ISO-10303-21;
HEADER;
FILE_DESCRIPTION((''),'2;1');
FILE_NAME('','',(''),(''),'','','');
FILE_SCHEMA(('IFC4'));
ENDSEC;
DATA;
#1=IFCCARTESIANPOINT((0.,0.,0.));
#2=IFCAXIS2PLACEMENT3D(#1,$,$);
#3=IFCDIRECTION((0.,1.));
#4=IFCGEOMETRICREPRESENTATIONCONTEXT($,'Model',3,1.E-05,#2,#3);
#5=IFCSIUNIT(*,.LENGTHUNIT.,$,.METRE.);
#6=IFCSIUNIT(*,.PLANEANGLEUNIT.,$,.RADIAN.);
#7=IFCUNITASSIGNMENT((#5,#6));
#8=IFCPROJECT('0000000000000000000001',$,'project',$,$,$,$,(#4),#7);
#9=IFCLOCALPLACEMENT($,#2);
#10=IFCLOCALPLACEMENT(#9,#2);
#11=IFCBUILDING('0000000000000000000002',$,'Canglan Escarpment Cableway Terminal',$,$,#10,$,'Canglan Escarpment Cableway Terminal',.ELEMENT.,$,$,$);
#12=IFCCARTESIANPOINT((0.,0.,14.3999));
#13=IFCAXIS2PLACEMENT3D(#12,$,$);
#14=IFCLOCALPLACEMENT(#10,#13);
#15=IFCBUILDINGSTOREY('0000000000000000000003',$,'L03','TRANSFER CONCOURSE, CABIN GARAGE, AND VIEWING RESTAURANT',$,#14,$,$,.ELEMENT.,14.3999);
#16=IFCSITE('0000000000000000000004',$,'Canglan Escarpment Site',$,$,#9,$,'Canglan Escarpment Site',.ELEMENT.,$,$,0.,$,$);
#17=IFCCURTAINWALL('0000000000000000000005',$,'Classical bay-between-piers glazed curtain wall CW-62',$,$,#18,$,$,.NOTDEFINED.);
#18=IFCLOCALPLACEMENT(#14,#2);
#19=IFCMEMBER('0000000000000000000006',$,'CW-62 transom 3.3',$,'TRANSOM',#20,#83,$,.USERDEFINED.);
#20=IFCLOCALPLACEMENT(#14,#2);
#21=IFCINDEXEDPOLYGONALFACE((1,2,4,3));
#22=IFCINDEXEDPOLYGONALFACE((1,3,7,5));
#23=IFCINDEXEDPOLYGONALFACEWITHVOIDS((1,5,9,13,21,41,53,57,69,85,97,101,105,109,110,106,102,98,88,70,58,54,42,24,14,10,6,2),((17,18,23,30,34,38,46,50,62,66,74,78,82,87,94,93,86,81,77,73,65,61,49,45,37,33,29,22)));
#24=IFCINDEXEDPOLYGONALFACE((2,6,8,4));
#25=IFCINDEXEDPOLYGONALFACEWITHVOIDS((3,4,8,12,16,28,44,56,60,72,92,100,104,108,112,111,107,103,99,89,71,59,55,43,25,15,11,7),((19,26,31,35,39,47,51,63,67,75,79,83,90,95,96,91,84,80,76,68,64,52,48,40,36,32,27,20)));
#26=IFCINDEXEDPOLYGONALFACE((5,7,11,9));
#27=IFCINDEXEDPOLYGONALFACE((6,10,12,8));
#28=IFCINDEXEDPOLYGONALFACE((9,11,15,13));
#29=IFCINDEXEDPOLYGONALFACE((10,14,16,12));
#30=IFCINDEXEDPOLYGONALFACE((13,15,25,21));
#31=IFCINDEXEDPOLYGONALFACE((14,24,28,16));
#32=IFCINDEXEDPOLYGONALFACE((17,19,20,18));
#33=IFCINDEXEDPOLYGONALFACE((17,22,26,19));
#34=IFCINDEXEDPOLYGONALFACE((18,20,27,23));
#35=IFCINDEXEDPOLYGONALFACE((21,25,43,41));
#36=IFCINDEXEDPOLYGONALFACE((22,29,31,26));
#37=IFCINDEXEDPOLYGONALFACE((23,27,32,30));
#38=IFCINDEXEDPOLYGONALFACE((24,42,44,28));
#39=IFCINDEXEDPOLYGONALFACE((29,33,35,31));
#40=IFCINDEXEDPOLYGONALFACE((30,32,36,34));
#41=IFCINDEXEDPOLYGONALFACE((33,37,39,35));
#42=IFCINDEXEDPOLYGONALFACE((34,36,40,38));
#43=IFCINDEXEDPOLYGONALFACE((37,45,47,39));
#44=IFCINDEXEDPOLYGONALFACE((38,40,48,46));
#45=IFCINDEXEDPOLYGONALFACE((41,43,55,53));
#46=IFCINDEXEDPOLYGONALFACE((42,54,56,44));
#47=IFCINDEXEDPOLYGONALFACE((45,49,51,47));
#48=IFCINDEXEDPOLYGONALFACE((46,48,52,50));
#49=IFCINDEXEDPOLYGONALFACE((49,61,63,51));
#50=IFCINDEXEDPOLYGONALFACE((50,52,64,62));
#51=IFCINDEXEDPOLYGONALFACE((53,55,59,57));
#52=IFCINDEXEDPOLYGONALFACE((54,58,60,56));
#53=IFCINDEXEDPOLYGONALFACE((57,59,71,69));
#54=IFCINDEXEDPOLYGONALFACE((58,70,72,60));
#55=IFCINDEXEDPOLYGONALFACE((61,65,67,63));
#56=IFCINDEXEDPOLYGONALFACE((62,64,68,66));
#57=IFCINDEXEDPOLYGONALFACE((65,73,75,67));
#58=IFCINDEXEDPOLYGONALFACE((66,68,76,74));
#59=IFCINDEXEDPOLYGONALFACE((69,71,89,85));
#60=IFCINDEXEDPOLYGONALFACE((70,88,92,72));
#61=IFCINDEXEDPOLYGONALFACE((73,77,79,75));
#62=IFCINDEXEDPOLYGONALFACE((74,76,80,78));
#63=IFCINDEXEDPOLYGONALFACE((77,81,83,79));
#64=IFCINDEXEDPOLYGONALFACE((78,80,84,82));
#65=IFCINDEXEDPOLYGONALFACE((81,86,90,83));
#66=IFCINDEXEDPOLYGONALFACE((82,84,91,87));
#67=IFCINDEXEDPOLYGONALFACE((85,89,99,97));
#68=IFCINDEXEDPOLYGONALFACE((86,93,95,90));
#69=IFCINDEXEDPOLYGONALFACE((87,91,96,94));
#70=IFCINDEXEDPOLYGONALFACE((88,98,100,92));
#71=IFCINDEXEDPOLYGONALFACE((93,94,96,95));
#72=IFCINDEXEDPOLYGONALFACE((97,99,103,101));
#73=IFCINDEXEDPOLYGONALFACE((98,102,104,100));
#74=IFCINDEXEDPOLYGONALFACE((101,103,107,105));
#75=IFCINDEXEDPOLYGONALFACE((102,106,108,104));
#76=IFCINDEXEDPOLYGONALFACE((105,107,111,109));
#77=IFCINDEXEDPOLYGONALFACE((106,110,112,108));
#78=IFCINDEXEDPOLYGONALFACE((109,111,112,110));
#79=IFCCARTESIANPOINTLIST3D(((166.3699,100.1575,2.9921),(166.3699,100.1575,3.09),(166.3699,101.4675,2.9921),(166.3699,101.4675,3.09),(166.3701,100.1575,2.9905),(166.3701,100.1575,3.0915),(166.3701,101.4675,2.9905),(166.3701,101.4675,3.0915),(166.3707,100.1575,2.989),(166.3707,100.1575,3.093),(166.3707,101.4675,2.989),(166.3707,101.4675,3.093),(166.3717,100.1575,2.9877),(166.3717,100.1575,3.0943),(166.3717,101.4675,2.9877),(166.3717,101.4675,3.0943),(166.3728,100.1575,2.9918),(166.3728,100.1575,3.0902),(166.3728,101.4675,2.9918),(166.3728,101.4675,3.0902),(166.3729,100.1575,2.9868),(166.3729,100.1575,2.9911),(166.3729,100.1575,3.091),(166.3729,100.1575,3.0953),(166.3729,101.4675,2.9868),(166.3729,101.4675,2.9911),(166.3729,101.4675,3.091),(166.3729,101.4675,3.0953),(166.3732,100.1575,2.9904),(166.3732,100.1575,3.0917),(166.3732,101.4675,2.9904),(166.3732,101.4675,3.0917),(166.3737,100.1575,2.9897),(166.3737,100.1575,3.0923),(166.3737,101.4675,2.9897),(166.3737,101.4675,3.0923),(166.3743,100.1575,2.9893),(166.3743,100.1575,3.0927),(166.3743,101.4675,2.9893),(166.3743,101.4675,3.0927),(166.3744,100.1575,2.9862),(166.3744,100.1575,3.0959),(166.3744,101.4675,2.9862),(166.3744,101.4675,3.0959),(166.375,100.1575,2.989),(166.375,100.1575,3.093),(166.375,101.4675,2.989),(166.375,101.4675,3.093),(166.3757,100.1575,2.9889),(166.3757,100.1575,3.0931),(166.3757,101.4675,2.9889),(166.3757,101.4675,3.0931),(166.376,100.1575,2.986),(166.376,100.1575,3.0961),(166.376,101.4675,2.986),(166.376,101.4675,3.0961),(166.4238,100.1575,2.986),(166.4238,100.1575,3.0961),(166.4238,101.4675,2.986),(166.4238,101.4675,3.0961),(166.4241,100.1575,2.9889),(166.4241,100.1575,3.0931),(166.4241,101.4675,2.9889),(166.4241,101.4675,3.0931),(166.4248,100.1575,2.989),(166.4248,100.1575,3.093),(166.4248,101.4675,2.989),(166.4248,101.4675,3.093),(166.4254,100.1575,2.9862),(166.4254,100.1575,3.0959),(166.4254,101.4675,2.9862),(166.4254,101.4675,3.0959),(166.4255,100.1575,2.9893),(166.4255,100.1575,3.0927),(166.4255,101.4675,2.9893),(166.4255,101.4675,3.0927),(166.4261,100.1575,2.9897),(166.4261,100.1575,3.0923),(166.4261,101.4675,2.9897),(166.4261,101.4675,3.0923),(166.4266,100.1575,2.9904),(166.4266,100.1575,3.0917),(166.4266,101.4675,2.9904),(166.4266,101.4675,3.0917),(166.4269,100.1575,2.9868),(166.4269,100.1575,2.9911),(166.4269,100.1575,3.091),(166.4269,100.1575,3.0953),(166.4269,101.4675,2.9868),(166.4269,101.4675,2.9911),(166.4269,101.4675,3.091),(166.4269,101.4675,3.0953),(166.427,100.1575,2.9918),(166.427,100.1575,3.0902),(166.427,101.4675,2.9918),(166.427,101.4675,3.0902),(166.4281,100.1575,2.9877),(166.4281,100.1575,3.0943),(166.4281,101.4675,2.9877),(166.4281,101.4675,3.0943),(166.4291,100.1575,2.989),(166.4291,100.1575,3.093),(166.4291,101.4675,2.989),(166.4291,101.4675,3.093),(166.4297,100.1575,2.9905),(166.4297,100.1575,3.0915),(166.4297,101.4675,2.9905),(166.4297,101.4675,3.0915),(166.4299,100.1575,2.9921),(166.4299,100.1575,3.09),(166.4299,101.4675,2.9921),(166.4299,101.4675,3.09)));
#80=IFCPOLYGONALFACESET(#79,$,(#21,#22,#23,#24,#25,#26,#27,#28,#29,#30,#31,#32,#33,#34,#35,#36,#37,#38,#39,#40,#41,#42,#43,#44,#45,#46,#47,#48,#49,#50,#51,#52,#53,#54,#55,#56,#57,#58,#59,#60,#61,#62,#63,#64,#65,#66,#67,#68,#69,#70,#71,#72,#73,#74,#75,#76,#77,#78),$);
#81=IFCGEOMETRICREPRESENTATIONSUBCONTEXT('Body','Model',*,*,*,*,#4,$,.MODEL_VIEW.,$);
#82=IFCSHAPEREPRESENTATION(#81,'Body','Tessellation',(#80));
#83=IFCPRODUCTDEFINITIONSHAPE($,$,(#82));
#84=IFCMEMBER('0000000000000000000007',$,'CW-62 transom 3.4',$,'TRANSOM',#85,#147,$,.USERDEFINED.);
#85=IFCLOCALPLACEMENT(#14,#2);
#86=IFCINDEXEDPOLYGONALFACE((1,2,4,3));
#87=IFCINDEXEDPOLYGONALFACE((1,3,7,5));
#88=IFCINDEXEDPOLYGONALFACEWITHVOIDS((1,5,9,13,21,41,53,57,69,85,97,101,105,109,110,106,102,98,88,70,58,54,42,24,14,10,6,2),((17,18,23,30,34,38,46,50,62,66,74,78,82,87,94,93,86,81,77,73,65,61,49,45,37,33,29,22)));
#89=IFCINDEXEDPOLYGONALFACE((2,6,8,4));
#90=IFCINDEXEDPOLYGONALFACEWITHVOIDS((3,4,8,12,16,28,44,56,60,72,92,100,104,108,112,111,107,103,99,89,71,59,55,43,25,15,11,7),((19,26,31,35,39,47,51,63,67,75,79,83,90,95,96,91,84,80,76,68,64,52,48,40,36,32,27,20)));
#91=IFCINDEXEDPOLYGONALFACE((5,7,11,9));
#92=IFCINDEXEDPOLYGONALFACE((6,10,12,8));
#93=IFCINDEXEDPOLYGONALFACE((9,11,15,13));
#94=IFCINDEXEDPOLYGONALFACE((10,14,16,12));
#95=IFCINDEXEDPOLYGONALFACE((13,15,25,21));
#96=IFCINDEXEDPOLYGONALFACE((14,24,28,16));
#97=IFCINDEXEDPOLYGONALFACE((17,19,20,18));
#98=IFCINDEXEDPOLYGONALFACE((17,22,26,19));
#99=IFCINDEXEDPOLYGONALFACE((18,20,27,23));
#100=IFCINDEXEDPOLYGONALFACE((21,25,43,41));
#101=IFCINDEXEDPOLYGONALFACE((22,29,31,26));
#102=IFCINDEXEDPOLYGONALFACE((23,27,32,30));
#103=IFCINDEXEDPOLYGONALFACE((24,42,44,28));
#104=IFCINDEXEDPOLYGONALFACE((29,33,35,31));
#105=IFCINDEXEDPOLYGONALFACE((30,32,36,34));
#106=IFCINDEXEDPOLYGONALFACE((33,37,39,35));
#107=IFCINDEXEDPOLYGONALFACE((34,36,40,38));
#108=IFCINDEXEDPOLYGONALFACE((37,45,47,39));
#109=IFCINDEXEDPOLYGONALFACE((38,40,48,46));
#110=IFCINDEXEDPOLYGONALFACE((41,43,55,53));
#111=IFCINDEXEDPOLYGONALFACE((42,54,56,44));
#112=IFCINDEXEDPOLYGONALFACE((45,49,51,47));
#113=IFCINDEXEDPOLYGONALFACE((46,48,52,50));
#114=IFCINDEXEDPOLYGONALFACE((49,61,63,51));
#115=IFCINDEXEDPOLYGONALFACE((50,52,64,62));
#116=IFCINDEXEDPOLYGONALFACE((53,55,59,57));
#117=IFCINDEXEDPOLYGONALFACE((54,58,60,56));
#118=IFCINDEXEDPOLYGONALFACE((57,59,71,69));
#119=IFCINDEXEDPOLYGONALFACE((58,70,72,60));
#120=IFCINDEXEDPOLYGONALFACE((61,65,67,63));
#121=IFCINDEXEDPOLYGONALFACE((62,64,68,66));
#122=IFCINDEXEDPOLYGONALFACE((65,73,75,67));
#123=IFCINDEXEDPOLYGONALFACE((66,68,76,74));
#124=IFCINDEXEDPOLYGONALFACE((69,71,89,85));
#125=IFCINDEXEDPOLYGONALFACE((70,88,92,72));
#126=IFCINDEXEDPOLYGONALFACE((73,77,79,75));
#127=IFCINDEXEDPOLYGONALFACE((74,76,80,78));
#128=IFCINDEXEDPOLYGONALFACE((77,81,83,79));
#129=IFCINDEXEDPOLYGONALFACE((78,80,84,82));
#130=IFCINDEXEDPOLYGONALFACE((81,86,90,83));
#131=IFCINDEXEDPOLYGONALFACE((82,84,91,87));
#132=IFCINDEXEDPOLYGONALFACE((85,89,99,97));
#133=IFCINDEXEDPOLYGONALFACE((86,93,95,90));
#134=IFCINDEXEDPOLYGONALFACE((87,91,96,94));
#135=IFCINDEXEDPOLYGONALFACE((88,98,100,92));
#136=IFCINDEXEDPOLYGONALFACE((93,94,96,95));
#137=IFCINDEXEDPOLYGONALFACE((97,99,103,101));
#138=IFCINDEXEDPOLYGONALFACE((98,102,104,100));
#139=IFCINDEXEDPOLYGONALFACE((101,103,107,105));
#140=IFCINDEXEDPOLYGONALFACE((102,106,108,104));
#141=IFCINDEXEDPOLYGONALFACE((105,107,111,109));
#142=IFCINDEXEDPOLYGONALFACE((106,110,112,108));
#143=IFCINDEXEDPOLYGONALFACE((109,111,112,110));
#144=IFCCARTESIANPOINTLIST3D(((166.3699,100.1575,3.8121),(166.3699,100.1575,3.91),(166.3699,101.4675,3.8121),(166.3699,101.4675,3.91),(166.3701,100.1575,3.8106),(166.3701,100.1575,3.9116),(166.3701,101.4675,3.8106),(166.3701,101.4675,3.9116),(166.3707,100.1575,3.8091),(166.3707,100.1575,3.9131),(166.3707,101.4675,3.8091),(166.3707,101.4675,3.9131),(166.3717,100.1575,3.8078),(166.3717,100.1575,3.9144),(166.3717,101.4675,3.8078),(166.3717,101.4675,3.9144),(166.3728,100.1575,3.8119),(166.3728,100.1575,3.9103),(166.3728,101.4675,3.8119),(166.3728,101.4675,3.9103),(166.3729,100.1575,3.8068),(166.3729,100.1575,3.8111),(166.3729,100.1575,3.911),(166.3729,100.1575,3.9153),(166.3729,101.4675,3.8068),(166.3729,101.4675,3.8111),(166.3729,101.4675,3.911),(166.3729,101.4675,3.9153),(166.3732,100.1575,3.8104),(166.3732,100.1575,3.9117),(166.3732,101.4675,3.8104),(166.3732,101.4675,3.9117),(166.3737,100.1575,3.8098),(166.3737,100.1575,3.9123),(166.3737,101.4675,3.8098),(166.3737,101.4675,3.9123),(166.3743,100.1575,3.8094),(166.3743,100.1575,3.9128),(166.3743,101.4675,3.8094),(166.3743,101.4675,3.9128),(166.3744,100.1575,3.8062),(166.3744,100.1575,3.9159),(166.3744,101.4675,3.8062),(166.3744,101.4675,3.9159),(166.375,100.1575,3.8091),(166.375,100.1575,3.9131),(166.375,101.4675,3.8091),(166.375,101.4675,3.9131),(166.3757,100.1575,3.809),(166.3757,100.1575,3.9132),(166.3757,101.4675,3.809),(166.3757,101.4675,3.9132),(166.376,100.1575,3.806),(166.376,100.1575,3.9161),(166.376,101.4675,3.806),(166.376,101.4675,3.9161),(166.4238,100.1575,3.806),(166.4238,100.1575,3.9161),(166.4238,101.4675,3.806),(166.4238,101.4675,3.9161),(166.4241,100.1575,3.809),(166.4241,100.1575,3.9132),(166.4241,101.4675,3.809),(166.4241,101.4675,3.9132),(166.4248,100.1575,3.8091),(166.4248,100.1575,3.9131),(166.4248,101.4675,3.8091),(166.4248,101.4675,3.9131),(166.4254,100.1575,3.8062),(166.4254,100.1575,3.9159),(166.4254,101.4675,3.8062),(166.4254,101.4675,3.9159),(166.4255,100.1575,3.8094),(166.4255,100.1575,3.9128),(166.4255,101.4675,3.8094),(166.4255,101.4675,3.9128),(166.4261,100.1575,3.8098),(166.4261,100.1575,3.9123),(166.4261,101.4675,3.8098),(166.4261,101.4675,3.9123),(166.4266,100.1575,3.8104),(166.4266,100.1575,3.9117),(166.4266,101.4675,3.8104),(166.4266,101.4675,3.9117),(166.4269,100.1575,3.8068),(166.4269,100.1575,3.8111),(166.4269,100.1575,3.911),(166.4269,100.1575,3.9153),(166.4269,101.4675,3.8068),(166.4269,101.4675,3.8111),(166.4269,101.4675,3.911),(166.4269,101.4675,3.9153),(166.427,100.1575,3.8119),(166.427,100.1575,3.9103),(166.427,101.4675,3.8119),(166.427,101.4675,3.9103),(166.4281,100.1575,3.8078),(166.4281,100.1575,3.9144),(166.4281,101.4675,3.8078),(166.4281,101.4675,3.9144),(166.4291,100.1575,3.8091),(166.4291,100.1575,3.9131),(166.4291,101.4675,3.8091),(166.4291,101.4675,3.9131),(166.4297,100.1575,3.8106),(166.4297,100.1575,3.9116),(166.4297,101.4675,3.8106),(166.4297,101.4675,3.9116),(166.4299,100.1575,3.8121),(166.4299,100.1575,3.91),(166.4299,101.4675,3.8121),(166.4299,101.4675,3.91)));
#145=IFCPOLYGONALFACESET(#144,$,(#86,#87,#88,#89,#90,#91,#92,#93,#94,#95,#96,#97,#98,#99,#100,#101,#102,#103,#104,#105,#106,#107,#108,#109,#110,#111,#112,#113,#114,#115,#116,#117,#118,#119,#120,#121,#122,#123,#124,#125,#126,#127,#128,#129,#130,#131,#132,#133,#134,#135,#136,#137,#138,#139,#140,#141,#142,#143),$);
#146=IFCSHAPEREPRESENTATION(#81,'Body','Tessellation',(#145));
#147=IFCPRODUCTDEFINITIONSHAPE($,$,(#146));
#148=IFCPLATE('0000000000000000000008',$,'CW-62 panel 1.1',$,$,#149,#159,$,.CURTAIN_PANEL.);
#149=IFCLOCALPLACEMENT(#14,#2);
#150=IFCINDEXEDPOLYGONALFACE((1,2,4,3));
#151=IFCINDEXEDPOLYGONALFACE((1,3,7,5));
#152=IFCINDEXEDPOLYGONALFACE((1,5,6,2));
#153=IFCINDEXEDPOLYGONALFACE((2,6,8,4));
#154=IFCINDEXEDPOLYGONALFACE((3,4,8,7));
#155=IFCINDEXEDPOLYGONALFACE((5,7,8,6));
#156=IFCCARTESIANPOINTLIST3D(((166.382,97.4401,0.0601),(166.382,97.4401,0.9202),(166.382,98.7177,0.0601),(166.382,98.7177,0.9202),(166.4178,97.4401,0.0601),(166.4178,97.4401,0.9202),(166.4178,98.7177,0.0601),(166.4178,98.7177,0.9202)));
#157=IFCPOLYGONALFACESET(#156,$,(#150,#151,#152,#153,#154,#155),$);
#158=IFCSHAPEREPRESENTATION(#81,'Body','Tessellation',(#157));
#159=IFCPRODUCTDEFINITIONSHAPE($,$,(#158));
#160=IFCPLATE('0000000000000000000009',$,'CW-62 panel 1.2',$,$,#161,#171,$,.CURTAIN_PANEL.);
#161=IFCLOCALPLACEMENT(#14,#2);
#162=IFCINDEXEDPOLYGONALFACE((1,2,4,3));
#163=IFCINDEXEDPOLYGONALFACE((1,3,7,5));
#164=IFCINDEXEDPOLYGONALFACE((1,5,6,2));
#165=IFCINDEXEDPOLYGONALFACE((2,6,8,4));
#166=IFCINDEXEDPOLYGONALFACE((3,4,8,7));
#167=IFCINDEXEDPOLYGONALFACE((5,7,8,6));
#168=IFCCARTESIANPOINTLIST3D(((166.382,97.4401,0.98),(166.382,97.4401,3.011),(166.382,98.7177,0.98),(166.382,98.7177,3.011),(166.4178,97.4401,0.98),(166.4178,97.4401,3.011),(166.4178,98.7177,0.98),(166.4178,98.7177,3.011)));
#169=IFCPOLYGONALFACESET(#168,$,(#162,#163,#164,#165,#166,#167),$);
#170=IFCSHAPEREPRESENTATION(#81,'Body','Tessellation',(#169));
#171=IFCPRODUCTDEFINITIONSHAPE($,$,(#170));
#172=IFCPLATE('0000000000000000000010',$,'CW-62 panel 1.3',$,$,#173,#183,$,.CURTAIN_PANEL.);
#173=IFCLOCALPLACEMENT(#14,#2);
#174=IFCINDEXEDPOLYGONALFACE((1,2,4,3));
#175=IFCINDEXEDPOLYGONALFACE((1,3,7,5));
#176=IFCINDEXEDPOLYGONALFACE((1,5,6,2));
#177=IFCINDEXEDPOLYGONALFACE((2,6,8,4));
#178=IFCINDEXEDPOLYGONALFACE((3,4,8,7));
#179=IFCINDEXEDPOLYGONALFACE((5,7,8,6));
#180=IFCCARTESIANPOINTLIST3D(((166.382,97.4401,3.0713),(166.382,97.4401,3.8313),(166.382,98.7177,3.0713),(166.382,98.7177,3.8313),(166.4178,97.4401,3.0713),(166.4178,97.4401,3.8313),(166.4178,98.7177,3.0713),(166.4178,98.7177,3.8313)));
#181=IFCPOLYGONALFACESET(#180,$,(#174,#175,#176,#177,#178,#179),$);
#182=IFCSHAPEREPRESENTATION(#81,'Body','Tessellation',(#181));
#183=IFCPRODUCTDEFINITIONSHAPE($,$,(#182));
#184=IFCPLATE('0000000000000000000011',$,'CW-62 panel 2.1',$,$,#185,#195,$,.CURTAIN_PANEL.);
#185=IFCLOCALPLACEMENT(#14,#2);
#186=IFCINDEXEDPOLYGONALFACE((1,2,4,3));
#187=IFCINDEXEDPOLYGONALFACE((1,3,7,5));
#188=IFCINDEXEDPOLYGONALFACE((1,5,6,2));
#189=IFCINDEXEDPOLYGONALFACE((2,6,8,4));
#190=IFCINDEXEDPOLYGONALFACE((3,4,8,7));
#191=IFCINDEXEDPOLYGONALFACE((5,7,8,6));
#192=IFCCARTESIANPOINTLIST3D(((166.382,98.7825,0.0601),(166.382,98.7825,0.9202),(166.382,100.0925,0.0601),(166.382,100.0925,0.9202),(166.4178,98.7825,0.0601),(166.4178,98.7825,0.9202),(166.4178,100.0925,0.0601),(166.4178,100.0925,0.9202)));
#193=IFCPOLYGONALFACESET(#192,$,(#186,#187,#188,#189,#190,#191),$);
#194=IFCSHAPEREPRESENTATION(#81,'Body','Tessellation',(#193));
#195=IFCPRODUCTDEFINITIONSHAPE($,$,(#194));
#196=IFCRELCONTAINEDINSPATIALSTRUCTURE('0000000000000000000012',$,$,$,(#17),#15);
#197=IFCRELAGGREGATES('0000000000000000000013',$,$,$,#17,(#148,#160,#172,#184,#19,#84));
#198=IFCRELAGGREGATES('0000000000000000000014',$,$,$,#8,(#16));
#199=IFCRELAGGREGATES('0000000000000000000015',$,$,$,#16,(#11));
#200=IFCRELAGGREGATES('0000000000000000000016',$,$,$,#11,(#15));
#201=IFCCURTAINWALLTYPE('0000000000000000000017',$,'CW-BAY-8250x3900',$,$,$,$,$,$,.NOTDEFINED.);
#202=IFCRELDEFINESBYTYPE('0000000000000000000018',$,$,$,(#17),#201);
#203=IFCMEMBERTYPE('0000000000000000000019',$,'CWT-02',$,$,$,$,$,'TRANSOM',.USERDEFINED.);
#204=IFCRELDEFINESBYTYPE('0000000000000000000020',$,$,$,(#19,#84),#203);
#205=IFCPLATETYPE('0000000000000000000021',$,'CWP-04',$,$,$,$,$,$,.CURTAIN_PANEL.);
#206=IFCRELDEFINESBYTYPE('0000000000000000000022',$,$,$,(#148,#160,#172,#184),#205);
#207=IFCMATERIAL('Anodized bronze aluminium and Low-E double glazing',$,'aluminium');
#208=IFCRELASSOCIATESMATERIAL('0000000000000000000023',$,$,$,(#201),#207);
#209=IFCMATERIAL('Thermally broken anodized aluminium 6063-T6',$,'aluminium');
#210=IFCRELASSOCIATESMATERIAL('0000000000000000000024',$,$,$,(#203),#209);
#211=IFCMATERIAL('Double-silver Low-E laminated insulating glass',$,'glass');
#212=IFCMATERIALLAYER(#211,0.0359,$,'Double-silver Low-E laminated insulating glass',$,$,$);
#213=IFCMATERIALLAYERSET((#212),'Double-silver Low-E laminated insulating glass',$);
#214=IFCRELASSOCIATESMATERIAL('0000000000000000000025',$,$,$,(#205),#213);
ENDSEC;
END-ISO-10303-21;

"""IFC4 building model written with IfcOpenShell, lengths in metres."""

from ifc_helpers import new_model, si_unit, direction, frame, origin, origin_2d, place, context, subcontext, project, spatial, rectangle, hollow_rectangle, extrude, material, layer, layer_set, material_profile, profile_set, type_object, element, aggregate, save


model = new_model("IFC4")

# Units and contexts
model_context = context("Model", 3, precision=1e-05, world=origin(), true_north=direction((0.0, 1.0)))
body_context = subcontext(model_context, "Body", "Model", "MODEL_VIEW")
ifc_project = project(units=[si_unit("LENGTHUNIT", "METRE"), si_unit("PLANEANGLEUNIT", "RADIAN")], contexts=[model_context])

# Site, building, storey
site_placement = place(None, origin())
site = spatial("IfcSite", under=ifc_project, at=site_placement, Name="Canglan Escarpment Site", LongName="Canglan Escarpment Site", CompositionType="ELEMENT", RefElevation=0.0)
building_placement = place(site_placement, origin())
building = spatial("IfcBuilding", under=site, at=building_placement, Name="Canglan Escarpment Cableway Terminal", LongName="Canglan Escarpment Cableway Terminal", CompositionType="ELEMENT")
storey_placement = place(building_placement, frame((0.0, 0.0, 14.3999)))
storey = spatial("IfcBuildingStorey", under=building, at=storey_placement, Name="L03", Description="TRANSFER CONCOURSE, CABIN GARAGE, AND VIEWING RESTAURANT", CompositionType="ELEMENT", Elevation=14.3999)

# Curtain wall, members, plates
ifc_material_1 = material(Name="Anodized bronze aluminium and Low-E double glazing", Category="aluminium")
curtain_wall_type = type_object("IfcCurtainWallType", Name="CW-BAY-8250x3900", PredefinedType="NOTDEFINED", material=ifc_material_1)
curtain_wall_placement = place(storey_placement, origin())
curtain_wall = element("IfcCurtainWall", 1, at=curtain_wall_placement, inside=storey, type_object=curtain_wall_type, Name="Classical bay-between-piers glazed curtain wall CW-62", PredefinedType="NOTDEFINED")
ifc_material_2 = material(Name="Thermally broken anodized aluminium 6063-T6", Category="aluminium")
ifc_material_profile_1 = material_profile(ifc_material_2, hollow_rectangle(XDim=0.0601, YDim=0.1101, WallThickness=0.0029, InnerFilletRadius=0.0029, OuterFilletRadius=0.0061, at=origin_2d()), Name="ALU-TRAN 60x110x3")
ifc_profile_set_1 = profile_set([ifc_material_profile_1], Name="Thermally broken anodized aluminium 6063-T6")
member_type_1 = type_object("IfcMemberType", Name="CWT-02", ElementType="TRANSOM", PredefinedType="USERDEFINED", material=ifc_profile_set_1)
member_1_placement = place(storey_placement, frame((166.3999, 100.1575, 3.041), z_axis=(0.0, 1.0, 0.0), x_axis=(-1.0, 0.0, 0.0)))
member_1 = element("IfcMember", 2, at=member_1_placement, type_object=member_type_1, Name="CW-62 transom 3.3", ObjectType="TRANSOM", PredefinedType="USERDEFINED", context=body_context, shape_type="SweptSolid", body=[
    extrude(hollow_rectangle(XDim=0.0601, YDim=0.1101, WallThickness=0.0029, InnerFilletRadius=0.0029, OuterFilletRadius=0.0061, at=origin_2d()), origin(), (0.0, 0.0, 1.0), 1.3101),
])
member_2_placement = place(storey_placement, frame((166.3999, 100.1575, 3.8611), z_axis=(0.0, 1.0, 0.0), x_axis=(-1.0, 0.0, 0.0)))
member_2 = element("IfcMember", 3, at=member_2_placement, type_object=member_type_1, Name="CW-62 transom 3.4", ObjectType="TRANSOM", PredefinedType="USERDEFINED", context=body_context, shape_type="SweptSolid", body=[
    extrude(hollow_rectangle(XDim=0.0601, YDim=0.1101, WallThickness=0.0029, InnerFilletRadius=0.0029, OuterFilletRadius=0.0061, at=origin_2d()), origin(), (0.0, 0.0, 1.0), 1.3101),
])
ifc_material_3 = material(Name="Double-silver Low-E laminated insulating glass", Category="glass")
ifc_layer_1 = layer(ifc_material_3, 0.0359, Name="Double-silver Low-E laminated insulating glass")
ifc_layer_set_1 = layer_set([ifc_layer_1], Name="Double-silver Low-E laminated insulating glass")
plate_type = type_object("IfcPlateType", Name="CWP-04", PredefinedType="CURTAIN_PANEL", material=ifc_layer_set_1)
plate_1_placement = place(storey_placement, frame((166.3999, 98.0789, 0.0601), z_axis=(0.0, 0.0, 1.0), x_axis=(0.0, 1.0, 0.0)))
plate_1 = element("IfcPlate", 4, at=plate_1_placement, type_object=plate_type, Name="CW-62 panel 1.1", PredefinedType="CURTAIN_PANEL", context=body_context, shape_type="SweptSolid", body=[
    extrude(rectangle(XDim=1.2776, YDim=0.0359, at=origin_2d()), origin(), (0.0, 0.0, 1.0), 0.8601),
])
plate_2_placement = place(storey_placement, frame((166.3999, 98.0789, 0.98), z_axis=(0.0, 0.0, 1.0), x_axis=(0.0, 1.0, 0.0)))
plate_2 = element("IfcPlate", 5, at=plate_2_placement, type_object=plate_type, Name="CW-62 panel 1.2", PredefinedType="CURTAIN_PANEL", context=body_context, shape_type="SweptSolid", body=[
    extrude(rectangle(XDim=1.2776, YDim=0.0359, at=origin_2d()), origin(), (0.0, 0.0, 1.0), 2.031),
])
plate_3_placement = place(storey_placement, frame((166.3999, 98.0789, 3.0713), z_axis=(0.0, 0.0, 1.0), x_axis=(0.0, 1.0, 0.0)))
plate_3 = element("IfcPlate", 6, at=plate_3_placement, type_object=plate_type, Name="CW-62 panel 1.3", PredefinedType="CURTAIN_PANEL", context=body_context, shape_type="SweptSolid", body=[
    extrude(rectangle(XDim=1.2776, YDim=0.0359, at=origin_2d()), origin(), (0.0, 0.0, 1.0), 0.76),
])
plate_4_placement = place(storey_placement, frame((166.3999, 99.4375, 0.0601), z_axis=(0.0, 0.0, 1.0), x_axis=(0.0, 1.0, 0.0)))
plate_4 = element("IfcPlate", 7, at=plate_4_placement, type_object=plate_type, Name="CW-62 panel 2.1", PredefinedType="CURTAIN_PANEL", context=body_context, shape_type="SweptSolid", body=[
    extrude(rectangle(XDim=1.3101, YDim=0.0359, at=origin_2d()), origin(), (0.0, 0.0, 1.0), 0.8601),
])
aggregate(curtain_wall, [plate_1, plate_2, plate_3, plate_4, member_1, member_2])

save(model, "model.ifc")
